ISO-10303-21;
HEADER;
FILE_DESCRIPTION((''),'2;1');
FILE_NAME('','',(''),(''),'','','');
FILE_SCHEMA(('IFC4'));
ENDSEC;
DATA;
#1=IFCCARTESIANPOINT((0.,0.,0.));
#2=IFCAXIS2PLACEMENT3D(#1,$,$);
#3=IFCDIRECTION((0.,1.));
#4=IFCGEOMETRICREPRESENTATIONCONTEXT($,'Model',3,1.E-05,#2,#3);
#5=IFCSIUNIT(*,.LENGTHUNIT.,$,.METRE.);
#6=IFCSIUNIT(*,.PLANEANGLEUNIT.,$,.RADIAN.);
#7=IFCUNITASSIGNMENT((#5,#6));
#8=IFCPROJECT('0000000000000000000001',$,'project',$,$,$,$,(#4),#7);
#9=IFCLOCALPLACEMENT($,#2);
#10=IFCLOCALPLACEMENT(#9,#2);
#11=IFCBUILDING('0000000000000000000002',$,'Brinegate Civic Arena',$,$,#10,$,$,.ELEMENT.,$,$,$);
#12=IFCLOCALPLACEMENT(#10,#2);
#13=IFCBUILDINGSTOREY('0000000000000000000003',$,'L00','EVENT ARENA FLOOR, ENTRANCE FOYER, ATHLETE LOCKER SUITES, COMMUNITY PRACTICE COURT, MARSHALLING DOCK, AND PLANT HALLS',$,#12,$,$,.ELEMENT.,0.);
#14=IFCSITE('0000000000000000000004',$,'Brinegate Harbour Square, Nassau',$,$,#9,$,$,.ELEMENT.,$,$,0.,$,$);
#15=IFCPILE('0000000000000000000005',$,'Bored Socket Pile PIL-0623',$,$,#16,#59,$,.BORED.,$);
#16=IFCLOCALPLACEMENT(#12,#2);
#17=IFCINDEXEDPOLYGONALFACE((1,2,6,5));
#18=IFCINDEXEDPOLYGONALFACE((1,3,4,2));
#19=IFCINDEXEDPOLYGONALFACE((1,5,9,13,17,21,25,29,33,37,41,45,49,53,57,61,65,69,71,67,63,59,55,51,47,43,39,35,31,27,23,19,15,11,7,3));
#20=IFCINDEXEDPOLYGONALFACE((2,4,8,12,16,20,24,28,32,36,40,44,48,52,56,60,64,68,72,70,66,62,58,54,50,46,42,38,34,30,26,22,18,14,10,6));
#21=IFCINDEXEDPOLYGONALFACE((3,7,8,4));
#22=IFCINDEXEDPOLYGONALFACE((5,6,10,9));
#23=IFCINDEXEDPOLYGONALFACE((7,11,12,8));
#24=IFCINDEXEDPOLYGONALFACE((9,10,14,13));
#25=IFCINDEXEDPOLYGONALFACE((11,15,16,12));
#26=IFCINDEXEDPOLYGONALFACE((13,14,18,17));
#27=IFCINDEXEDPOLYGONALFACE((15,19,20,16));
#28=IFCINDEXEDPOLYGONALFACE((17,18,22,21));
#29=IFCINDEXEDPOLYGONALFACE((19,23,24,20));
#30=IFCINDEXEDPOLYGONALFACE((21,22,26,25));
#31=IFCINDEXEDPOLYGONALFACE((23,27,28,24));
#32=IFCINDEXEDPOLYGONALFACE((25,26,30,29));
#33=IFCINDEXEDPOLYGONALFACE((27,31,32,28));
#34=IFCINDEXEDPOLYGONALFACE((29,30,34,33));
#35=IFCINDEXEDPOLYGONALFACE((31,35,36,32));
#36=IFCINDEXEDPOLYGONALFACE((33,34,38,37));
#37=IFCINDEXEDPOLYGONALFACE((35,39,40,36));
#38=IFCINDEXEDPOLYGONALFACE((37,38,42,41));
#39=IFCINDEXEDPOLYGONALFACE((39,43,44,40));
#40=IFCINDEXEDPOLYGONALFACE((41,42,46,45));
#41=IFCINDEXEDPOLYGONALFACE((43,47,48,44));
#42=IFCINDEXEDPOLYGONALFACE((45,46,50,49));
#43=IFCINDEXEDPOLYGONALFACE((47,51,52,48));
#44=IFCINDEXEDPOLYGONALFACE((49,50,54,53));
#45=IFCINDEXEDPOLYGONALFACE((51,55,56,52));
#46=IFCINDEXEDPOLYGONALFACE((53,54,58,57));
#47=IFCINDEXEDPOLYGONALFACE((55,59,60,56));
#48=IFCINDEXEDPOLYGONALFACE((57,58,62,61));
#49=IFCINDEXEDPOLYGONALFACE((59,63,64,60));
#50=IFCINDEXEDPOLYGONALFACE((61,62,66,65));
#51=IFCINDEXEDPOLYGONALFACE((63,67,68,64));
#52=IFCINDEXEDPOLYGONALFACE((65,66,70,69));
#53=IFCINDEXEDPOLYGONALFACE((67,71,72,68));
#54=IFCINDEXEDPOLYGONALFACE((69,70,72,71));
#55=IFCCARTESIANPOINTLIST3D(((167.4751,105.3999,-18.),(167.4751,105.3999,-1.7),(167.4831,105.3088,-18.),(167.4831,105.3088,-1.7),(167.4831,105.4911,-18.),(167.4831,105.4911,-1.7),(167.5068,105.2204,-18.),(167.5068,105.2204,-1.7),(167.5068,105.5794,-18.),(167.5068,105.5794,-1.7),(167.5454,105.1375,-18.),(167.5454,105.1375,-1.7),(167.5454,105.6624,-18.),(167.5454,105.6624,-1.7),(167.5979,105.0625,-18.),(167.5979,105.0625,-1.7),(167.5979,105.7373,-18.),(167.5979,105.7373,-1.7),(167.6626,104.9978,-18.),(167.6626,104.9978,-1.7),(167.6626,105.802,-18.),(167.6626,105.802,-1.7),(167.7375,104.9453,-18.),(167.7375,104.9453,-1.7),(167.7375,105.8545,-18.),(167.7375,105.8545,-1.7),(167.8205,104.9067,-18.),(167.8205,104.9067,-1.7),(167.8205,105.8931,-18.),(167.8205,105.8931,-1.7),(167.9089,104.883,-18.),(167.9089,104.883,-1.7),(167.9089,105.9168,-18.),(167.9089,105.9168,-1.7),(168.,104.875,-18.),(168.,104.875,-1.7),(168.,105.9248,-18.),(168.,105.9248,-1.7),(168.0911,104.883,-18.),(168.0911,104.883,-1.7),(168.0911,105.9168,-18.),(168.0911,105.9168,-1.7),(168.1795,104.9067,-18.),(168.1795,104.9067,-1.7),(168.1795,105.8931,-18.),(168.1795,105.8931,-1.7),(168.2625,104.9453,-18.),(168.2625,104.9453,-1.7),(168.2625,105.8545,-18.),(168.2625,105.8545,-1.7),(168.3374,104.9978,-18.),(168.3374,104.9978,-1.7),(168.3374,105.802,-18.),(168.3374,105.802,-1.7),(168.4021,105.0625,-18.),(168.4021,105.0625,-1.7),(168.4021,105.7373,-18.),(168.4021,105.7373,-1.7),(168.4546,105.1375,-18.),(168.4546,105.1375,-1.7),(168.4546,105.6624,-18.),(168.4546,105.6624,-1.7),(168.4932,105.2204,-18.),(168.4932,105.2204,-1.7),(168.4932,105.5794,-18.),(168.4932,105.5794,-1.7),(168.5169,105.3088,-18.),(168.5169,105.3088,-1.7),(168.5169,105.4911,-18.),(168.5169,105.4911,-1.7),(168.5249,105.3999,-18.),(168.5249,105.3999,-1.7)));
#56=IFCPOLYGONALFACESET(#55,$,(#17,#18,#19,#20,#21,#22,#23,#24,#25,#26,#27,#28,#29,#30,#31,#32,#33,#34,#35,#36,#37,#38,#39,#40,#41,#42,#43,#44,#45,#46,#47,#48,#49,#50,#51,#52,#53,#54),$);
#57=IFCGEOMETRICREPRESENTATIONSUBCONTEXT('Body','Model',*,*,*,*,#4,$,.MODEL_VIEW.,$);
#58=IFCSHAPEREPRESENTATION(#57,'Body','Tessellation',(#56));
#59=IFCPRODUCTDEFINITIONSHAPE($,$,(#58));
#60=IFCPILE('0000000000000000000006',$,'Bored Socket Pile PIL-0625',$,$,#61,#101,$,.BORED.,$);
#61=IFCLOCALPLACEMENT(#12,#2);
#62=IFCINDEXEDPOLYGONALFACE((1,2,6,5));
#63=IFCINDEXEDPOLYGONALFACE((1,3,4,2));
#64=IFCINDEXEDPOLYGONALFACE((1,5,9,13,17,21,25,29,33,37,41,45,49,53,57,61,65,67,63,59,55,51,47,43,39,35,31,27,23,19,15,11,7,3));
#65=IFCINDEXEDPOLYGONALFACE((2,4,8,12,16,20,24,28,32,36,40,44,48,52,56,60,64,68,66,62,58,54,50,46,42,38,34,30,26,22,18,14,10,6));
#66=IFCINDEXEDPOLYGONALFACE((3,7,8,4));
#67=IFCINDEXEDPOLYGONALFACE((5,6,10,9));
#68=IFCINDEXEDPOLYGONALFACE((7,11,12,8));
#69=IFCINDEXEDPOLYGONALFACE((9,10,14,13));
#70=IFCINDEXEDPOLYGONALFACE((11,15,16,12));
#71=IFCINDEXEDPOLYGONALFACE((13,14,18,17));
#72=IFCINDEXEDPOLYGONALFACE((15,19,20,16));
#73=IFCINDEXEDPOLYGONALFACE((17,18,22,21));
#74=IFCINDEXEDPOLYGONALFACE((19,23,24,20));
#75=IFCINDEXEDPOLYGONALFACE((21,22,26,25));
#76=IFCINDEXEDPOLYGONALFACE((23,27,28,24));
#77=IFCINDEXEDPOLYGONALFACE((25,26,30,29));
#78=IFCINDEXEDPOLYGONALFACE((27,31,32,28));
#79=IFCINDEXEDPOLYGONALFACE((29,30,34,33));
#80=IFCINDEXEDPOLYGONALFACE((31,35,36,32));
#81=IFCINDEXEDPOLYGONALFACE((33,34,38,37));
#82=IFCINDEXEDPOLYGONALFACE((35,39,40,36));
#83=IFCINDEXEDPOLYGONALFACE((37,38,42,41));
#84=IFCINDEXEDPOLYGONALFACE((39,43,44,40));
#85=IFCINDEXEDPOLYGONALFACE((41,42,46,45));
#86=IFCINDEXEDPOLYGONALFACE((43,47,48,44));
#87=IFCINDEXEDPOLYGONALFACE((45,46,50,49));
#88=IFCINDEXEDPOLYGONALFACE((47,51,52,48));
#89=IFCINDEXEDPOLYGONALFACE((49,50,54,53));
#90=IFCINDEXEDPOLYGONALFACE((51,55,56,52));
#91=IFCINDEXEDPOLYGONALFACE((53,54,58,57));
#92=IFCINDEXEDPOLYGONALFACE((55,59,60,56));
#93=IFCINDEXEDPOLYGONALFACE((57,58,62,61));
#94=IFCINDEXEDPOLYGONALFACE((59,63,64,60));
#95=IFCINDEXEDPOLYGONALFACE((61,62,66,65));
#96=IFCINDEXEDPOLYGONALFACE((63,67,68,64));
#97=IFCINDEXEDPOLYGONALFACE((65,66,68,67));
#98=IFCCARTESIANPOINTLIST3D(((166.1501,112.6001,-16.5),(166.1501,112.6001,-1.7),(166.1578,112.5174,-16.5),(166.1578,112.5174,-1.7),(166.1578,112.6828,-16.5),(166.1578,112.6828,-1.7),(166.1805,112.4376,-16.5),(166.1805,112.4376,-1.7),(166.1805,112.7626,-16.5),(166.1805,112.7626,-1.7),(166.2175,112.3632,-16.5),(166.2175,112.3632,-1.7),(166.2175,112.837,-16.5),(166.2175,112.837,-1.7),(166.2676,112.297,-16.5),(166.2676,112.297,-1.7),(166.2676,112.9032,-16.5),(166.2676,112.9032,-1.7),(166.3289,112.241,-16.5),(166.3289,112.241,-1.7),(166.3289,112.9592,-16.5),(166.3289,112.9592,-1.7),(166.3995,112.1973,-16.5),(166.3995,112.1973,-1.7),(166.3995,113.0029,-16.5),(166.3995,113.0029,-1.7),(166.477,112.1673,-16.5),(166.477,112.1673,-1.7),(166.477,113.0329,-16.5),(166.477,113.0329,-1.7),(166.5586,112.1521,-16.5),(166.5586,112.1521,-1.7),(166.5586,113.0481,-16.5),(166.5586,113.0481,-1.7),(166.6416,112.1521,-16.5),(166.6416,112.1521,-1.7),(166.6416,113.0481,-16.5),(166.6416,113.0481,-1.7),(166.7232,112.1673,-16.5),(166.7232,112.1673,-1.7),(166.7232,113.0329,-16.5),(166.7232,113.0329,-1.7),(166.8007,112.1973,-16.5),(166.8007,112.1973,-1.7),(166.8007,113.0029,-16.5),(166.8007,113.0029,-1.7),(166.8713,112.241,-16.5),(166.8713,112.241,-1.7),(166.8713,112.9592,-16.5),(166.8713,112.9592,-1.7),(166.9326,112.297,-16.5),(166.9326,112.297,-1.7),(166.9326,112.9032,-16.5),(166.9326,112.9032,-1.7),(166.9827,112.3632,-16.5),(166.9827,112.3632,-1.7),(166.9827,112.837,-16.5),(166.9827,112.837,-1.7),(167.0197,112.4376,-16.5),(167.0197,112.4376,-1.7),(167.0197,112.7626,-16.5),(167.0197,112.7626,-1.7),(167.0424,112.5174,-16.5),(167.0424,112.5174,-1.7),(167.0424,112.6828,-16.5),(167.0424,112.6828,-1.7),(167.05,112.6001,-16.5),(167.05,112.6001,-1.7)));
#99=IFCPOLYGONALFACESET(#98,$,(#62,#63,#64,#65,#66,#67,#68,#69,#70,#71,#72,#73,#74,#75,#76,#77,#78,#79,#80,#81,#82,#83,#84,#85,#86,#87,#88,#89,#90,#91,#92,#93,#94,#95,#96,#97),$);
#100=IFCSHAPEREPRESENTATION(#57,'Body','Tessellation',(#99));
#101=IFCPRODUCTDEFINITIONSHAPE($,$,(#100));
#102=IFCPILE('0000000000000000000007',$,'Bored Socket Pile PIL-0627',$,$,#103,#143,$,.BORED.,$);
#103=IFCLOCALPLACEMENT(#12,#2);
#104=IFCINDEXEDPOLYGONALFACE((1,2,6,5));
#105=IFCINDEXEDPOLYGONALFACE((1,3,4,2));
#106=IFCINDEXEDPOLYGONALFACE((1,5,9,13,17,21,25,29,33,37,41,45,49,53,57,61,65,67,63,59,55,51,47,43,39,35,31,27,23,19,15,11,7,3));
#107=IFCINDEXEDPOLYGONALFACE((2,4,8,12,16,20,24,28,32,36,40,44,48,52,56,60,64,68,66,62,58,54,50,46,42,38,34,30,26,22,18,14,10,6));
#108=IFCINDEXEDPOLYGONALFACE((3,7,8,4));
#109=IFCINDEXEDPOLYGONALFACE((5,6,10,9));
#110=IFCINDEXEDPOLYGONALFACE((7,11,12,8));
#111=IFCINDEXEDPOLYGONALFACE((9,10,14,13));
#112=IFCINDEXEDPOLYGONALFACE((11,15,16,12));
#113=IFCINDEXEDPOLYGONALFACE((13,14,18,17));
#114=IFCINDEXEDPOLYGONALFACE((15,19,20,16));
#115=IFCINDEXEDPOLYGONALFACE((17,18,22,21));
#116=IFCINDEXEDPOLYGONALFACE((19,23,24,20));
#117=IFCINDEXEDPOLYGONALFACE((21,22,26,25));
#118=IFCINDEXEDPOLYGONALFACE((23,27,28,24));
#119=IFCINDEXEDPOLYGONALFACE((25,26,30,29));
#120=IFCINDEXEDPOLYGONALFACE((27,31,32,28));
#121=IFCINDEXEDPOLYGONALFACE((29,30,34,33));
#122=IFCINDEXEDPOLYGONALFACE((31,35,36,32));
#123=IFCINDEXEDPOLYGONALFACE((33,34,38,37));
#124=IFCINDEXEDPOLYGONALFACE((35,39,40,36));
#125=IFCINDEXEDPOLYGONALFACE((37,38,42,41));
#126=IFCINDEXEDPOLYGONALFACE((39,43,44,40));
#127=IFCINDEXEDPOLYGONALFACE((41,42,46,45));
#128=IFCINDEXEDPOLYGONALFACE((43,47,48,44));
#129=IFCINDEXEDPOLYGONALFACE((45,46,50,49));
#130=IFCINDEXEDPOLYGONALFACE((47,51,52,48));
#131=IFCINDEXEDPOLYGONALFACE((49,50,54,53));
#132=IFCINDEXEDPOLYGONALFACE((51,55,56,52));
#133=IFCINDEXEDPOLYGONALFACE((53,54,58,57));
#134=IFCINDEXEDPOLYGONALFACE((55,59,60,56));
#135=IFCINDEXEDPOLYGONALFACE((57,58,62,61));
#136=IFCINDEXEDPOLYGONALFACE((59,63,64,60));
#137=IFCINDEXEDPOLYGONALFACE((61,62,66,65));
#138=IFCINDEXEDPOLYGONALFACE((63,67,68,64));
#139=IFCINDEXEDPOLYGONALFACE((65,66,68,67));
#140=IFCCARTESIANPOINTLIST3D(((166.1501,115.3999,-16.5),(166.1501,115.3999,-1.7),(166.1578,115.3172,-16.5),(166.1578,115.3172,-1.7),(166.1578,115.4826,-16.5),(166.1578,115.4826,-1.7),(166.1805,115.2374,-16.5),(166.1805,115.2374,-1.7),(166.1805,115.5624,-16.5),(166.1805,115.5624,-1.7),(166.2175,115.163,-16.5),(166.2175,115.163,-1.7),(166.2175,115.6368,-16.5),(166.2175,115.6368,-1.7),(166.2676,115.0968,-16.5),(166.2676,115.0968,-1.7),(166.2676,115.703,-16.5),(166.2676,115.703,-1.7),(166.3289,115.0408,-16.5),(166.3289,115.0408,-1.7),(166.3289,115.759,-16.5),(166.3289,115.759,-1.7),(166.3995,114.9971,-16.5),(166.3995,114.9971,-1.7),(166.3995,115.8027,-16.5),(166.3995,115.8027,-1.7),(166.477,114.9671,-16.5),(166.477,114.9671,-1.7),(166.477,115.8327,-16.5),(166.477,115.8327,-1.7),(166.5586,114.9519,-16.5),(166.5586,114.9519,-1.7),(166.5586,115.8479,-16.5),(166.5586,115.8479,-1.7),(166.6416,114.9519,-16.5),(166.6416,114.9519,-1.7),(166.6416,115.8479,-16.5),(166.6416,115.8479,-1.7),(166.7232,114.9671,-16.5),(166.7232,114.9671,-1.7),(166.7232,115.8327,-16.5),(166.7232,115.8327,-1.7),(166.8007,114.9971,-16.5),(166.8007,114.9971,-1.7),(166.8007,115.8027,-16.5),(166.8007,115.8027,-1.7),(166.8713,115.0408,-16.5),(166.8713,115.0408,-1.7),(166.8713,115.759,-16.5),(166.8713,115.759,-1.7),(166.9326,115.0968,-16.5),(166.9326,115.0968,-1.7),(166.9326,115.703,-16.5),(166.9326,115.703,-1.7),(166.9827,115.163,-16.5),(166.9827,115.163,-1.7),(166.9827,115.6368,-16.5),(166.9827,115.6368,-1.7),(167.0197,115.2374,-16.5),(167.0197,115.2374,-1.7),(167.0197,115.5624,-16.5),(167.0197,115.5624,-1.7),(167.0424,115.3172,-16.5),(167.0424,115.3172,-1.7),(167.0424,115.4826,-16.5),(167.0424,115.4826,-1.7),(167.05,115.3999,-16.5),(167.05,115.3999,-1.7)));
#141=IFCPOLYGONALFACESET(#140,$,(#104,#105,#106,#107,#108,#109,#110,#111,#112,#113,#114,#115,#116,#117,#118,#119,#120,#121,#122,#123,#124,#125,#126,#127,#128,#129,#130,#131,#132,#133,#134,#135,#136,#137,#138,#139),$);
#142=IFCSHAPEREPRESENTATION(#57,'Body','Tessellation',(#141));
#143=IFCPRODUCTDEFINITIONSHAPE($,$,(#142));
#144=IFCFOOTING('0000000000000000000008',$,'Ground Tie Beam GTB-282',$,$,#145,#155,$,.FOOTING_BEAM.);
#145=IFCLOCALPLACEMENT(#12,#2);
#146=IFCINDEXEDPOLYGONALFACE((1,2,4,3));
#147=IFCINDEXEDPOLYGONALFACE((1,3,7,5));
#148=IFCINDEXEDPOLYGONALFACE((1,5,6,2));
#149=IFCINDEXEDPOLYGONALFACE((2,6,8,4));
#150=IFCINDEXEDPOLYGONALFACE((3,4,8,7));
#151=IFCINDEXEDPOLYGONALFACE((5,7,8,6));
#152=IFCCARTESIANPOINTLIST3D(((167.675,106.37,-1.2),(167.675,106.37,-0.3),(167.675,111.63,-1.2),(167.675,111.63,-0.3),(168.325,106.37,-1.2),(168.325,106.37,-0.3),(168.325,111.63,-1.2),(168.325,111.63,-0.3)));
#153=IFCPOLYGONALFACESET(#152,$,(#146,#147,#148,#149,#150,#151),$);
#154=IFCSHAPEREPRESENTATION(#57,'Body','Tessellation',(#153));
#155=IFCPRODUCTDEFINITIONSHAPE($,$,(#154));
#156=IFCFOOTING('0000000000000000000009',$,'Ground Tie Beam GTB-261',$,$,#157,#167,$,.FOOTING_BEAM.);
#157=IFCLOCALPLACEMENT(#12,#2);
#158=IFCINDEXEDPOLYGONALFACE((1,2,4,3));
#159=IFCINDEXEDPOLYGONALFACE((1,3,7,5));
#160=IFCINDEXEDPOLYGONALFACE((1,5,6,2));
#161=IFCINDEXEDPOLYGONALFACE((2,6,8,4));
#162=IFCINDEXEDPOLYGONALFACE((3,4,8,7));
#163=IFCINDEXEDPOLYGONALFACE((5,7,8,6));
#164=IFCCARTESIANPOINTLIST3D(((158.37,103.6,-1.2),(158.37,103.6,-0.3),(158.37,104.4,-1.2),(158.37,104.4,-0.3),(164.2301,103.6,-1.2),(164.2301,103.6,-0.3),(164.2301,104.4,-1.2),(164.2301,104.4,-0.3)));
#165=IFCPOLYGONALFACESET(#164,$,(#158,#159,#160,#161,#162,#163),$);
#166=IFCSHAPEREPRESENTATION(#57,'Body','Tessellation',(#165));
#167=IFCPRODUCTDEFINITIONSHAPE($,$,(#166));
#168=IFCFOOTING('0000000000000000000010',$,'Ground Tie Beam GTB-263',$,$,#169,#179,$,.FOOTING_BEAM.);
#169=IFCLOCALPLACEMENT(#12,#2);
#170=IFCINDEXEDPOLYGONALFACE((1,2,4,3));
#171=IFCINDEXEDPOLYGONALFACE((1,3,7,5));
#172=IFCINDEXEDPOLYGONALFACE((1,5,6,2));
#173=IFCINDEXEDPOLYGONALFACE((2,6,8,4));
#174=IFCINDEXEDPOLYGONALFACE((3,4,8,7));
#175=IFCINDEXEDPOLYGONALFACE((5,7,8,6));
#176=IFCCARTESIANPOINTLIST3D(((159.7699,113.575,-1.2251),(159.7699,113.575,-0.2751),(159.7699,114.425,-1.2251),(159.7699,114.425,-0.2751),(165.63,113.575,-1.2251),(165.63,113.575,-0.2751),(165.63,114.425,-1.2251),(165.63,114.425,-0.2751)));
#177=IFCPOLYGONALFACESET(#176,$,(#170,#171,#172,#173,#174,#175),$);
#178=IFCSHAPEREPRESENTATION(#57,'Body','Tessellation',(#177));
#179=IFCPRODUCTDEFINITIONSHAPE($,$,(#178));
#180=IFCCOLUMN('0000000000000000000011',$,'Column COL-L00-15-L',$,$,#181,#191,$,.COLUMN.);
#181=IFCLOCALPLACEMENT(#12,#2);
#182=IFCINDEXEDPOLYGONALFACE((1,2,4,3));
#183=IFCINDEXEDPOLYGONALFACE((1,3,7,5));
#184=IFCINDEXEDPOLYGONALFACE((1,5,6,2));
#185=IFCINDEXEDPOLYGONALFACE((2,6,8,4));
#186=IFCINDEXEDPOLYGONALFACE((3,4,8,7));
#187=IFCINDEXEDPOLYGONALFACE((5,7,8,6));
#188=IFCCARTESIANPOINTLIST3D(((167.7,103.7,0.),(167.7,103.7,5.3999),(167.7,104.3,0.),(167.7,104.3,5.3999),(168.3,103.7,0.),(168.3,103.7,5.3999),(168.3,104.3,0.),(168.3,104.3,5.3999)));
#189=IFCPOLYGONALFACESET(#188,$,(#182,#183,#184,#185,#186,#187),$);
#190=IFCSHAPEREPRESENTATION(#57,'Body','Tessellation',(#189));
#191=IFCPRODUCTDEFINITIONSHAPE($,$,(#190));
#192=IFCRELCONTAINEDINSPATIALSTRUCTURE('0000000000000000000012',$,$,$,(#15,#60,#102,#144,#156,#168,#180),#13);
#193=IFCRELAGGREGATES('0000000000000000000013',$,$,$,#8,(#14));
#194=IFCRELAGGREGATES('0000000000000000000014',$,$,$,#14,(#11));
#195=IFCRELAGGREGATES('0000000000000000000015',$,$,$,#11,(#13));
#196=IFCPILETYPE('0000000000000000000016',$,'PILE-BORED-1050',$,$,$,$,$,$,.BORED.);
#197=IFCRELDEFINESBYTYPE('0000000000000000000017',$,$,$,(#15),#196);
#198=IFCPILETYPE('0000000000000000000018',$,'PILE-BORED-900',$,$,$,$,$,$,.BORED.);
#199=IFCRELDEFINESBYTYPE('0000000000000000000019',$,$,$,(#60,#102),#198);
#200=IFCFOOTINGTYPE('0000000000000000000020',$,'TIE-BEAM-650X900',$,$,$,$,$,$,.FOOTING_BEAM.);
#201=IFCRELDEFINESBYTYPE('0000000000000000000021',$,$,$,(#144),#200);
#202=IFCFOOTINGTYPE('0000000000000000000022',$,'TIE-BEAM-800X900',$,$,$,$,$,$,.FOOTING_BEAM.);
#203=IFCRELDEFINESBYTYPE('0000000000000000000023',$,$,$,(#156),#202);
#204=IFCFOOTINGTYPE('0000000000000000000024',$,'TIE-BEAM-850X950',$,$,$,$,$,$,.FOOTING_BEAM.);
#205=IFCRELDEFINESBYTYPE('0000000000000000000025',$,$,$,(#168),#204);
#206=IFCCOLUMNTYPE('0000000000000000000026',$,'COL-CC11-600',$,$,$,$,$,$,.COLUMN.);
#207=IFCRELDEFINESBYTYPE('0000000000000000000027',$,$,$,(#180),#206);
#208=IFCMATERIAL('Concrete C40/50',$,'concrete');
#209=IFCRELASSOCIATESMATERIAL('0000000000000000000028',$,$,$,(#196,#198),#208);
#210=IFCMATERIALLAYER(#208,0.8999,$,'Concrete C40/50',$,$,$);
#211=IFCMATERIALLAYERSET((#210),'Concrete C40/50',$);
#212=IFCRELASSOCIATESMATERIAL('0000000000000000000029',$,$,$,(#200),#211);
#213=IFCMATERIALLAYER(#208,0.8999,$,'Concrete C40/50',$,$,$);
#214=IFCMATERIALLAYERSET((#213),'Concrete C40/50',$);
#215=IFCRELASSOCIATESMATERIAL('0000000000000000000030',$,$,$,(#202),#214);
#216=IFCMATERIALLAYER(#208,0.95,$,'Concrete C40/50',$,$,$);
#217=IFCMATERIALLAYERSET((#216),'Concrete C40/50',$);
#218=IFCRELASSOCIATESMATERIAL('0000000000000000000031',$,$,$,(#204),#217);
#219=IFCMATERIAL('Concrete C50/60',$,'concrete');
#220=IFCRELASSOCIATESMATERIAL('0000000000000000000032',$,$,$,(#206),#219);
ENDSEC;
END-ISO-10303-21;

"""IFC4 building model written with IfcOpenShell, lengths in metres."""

from ifc_helpers import new_model, si_unit, direction, frame, origin, origin_2d, place, context, subcontext, project, spatial, rectangle, circle, extrude, material, layer, layer_set, material_profile, profile_set, type_object, element, save


model = new_model("IFC4")

# Units and contexts
model_context = context("Model", 3, precision=1e-05, world=origin(), true_north=direction((0.0, 1.0)))
body_context = subcontext(model_context, "Body", "Model", "MODEL_VIEW")
ifc_project = project(units=[si_unit("LENGTHUNIT", "METRE"), si_unit("PLANEANGLEUNIT", "RADIAN")], contexts=[model_context])

# Site, building, storey
site_placement = place(None, origin())
site = spatial("IfcSite", under=ifc_project, at=site_placement, Name="Brinegate Harbour Square, Nassau", CompositionType="ELEMENT", RefElevation=0.0)
building_placement = place(site_placement, origin())
building = spatial("IfcBuilding", under=site, at=building_placement, Name="Brinegate Civic Arena", CompositionType="ELEMENT")
storey_placement = place(building_placement, origin())
storey = spatial("IfcBuildingStorey", under=building, at=storey_placement, Name="L00", Description="EVENT ARENA FLOOR, ENTRANCE FOYER, ATHLETE LOCKER SUITES, COMMUNITY PRACTICE COURT, MARSHALLING DOCK, AND PLANT HALLS", CompositionType="ELEMENT", Elevation=0.0)

# Shared definitions
ifc_material_1 = material(Name="Concrete C40/50", Category="concrete")

# Piles
ifc_material_profile_1 = material_profile(ifc_material_1, circle(Radius=0.5249, at=origin_2d()), Name="PILED1050")
ifc_profile_set_1 = profile_set([ifc_material_profile_1], Name="Concrete C40/50")
pile_type_1 = type_object("IfcPileType", Name="PILE-BORED-1050", PredefinedType="BORED", material=ifc_profile_set_1)
for number, where, z_axis, x_axis, name in (
    (1, (168.0, 105.3999, -1.7), (0.0, 0.0, -1.0), (1.0, 0.0, 0.0), "Bored Socket Pile PIL-0623"),
):
    element("IfcPile", number, at=place(storey_placement, frame(where, z_axis=z_axis, x_axis=x_axis)), inside=storey, type_object=pile_type_1, Name=name, PredefinedType="BORED", context=body_context, shape_type="SweptSolid", body=[
        extrude(circle(Radius=0.5249, at=origin_2d()), origin(), (0.0, 0.0, 1.0), 16.3),
    ])
ifc_material_profile_2 = material_profile(ifc_material_1, circle(Radius=0.45, at=origin_2d()), Name="PILED900")
ifc_profile_set_2 = profile_set([ifc_material_profile_2], Name="Concrete C40/50")
pile_type_2 = type_object("IfcPileType", Name="PILE-BORED-900", PredefinedType="BORED", material=ifc_profile_set_2)
for number, where, z_axis, x_axis, name in (
    (2, (166.6001, 112.6001, -1.7), (0.0, 0.0, -1.0), (1.0, 0.0, 0.0), "Bored Socket Pile PIL-0625"),
    (3, (166.6001, 115.3999, -1.7), (0.0, 0.0, -1.0), (1.0, 0.0, 0.0), "Bored Socket Pile PIL-0627"),
):
    element("IfcPile", number, at=place(storey_placement, frame(where, z_axis=z_axis, x_axis=x_axis)), inside=storey, type_object=pile_type_2, Name=name, PredefinedType="BORED", context=body_context, shape_type="SweptSolid", body=[
        extrude(circle(Radius=0.45, at=origin_2d()), origin(), (0.0, 0.0, 1.0), 14.8),
    ])

# Footings
ifc_layer_1 = layer(ifc_material_1, 0.8999, Name="Concrete C40/50")
ifc_layer_set_1 = layer_set([ifc_layer_1], Name="Concrete C40/50")
footing_type_1 = type_object("IfcFootingType", Name="TIE-BEAM-650X900", PredefinedType="FOOTING_BEAM", material=ifc_layer_set_1)
footing_1_placement = place(storey_placement, frame((168.0, 109.0, -1.2), z_axis=(0.0, 0.0, 1.0), x_axis=(0.0, 1.0, 0.0)))
element("IfcFooting", 4, at=footing_1_placement, inside=storey, type_object=footing_type_1, Name="Ground Tie Beam GTB-282", PredefinedType="FOOTING_BEAM", context=body_context, shape_type="SweptSolid", body=[
    extrude(rectangle(XDim=5.26, YDim=0.6499, at=origin_2d()), origin(), (0.0, 0.0, 1.0), 0.8999),
])
ifc_layer_2 = layer(ifc_material_1, 0.8999, Name="Concrete C40/50")
ifc_layer_set_2 = layer_set([ifc_layer_2], Name="Concrete C40/50")
footing_type_2 = type_object("IfcFootingType", Name="TIE-BEAM-800X900", PredefinedType="FOOTING_BEAM", material=ifc_layer_set_2)
footing_2_placement = place(storey_placement, frame((161.3, 104.0, -1.2), z_axis=(0.0, 0.0, 1.0), x_axis=(1.0, 0.0, 0.0)))
element("IfcFooting", 5, at=footing_2_placement, inside=storey, type_object=footing_type_2, Name="Ground Tie Beam GTB-261", PredefinedType="FOOTING_BEAM", context=body_context, shape_type="SweptSolid", body=[
    extrude(rectangle(XDim=5.8601, YDim=0.8, at=origin_2d()), origin(), (0.0, 0.0, 1.0), 0.8999),
])
ifc_layer_3 = layer(ifc_material_1, 0.95, Name="Concrete C40/50")
ifc_layer_set_3 = layer_set([ifc_layer_3], Name="Concrete C40/50")
footing_type_3 = type_object("IfcFootingType", Name="TIE-BEAM-850X950", PredefinedType="FOOTING_BEAM", material=ifc_layer_set_3)
footing_3_placement = place(storey_placement, frame((162.7, 114.0, -1.2251), z_axis=(0.0, 0.0, 1.0), x_axis=(1.0, 0.0, 0.0)))
element("IfcFooting", 6, at=footing_3_placement, inside=storey, type_object=footing_type_3, Name="Ground Tie Beam GTB-263", PredefinedType="FOOTING_BEAM", context=body_context, shape_type="SweptSolid", body=[
    extrude(rectangle(XDim=5.8601, YDim=0.8501, at=origin_2d()), origin(), (0.0, 0.0, 1.0), 0.95),
])

# Column
ifc_material_2 = material(Name="Concrete C50/60", Category="concrete")
ifc_material_profile_3 = material_profile(ifc_material_2, rectangle(XDim=0.6001, YDim=0.6001, at=origin_2d()), Name="RC600X600")
ifc_profile_set_3 = profile_set([ifc_material_profile_3], Name="Concrete C50/60")
column_type_1 = type_object("IfcColumnType", Name="COL-CC11-600", PredefinedType="COLUMN", material=ifc_profile_set_3)
column_1_placement = place(storey_placement, frame((168.0, 104.0, 0.0), z_axis=(0.0, 0.0, 1.0), x_axis=(1.0, 0.0, 0.0)))
element("IfcColumn", 7, at=column_1_placement, inside=storey, type_object=column_type_1, Name="Column COL-L00-15-L", PredefinedType="COLUMN", context=body_context, shape_type="SweptSolid", body=[
    extrude(rectangle(XDim=0.6001, YDim=0.6001, at=origin_2d()), origin(), (0.0, 0.0, 1.0), 5.3999),
])

save(model, "model.ifc")
